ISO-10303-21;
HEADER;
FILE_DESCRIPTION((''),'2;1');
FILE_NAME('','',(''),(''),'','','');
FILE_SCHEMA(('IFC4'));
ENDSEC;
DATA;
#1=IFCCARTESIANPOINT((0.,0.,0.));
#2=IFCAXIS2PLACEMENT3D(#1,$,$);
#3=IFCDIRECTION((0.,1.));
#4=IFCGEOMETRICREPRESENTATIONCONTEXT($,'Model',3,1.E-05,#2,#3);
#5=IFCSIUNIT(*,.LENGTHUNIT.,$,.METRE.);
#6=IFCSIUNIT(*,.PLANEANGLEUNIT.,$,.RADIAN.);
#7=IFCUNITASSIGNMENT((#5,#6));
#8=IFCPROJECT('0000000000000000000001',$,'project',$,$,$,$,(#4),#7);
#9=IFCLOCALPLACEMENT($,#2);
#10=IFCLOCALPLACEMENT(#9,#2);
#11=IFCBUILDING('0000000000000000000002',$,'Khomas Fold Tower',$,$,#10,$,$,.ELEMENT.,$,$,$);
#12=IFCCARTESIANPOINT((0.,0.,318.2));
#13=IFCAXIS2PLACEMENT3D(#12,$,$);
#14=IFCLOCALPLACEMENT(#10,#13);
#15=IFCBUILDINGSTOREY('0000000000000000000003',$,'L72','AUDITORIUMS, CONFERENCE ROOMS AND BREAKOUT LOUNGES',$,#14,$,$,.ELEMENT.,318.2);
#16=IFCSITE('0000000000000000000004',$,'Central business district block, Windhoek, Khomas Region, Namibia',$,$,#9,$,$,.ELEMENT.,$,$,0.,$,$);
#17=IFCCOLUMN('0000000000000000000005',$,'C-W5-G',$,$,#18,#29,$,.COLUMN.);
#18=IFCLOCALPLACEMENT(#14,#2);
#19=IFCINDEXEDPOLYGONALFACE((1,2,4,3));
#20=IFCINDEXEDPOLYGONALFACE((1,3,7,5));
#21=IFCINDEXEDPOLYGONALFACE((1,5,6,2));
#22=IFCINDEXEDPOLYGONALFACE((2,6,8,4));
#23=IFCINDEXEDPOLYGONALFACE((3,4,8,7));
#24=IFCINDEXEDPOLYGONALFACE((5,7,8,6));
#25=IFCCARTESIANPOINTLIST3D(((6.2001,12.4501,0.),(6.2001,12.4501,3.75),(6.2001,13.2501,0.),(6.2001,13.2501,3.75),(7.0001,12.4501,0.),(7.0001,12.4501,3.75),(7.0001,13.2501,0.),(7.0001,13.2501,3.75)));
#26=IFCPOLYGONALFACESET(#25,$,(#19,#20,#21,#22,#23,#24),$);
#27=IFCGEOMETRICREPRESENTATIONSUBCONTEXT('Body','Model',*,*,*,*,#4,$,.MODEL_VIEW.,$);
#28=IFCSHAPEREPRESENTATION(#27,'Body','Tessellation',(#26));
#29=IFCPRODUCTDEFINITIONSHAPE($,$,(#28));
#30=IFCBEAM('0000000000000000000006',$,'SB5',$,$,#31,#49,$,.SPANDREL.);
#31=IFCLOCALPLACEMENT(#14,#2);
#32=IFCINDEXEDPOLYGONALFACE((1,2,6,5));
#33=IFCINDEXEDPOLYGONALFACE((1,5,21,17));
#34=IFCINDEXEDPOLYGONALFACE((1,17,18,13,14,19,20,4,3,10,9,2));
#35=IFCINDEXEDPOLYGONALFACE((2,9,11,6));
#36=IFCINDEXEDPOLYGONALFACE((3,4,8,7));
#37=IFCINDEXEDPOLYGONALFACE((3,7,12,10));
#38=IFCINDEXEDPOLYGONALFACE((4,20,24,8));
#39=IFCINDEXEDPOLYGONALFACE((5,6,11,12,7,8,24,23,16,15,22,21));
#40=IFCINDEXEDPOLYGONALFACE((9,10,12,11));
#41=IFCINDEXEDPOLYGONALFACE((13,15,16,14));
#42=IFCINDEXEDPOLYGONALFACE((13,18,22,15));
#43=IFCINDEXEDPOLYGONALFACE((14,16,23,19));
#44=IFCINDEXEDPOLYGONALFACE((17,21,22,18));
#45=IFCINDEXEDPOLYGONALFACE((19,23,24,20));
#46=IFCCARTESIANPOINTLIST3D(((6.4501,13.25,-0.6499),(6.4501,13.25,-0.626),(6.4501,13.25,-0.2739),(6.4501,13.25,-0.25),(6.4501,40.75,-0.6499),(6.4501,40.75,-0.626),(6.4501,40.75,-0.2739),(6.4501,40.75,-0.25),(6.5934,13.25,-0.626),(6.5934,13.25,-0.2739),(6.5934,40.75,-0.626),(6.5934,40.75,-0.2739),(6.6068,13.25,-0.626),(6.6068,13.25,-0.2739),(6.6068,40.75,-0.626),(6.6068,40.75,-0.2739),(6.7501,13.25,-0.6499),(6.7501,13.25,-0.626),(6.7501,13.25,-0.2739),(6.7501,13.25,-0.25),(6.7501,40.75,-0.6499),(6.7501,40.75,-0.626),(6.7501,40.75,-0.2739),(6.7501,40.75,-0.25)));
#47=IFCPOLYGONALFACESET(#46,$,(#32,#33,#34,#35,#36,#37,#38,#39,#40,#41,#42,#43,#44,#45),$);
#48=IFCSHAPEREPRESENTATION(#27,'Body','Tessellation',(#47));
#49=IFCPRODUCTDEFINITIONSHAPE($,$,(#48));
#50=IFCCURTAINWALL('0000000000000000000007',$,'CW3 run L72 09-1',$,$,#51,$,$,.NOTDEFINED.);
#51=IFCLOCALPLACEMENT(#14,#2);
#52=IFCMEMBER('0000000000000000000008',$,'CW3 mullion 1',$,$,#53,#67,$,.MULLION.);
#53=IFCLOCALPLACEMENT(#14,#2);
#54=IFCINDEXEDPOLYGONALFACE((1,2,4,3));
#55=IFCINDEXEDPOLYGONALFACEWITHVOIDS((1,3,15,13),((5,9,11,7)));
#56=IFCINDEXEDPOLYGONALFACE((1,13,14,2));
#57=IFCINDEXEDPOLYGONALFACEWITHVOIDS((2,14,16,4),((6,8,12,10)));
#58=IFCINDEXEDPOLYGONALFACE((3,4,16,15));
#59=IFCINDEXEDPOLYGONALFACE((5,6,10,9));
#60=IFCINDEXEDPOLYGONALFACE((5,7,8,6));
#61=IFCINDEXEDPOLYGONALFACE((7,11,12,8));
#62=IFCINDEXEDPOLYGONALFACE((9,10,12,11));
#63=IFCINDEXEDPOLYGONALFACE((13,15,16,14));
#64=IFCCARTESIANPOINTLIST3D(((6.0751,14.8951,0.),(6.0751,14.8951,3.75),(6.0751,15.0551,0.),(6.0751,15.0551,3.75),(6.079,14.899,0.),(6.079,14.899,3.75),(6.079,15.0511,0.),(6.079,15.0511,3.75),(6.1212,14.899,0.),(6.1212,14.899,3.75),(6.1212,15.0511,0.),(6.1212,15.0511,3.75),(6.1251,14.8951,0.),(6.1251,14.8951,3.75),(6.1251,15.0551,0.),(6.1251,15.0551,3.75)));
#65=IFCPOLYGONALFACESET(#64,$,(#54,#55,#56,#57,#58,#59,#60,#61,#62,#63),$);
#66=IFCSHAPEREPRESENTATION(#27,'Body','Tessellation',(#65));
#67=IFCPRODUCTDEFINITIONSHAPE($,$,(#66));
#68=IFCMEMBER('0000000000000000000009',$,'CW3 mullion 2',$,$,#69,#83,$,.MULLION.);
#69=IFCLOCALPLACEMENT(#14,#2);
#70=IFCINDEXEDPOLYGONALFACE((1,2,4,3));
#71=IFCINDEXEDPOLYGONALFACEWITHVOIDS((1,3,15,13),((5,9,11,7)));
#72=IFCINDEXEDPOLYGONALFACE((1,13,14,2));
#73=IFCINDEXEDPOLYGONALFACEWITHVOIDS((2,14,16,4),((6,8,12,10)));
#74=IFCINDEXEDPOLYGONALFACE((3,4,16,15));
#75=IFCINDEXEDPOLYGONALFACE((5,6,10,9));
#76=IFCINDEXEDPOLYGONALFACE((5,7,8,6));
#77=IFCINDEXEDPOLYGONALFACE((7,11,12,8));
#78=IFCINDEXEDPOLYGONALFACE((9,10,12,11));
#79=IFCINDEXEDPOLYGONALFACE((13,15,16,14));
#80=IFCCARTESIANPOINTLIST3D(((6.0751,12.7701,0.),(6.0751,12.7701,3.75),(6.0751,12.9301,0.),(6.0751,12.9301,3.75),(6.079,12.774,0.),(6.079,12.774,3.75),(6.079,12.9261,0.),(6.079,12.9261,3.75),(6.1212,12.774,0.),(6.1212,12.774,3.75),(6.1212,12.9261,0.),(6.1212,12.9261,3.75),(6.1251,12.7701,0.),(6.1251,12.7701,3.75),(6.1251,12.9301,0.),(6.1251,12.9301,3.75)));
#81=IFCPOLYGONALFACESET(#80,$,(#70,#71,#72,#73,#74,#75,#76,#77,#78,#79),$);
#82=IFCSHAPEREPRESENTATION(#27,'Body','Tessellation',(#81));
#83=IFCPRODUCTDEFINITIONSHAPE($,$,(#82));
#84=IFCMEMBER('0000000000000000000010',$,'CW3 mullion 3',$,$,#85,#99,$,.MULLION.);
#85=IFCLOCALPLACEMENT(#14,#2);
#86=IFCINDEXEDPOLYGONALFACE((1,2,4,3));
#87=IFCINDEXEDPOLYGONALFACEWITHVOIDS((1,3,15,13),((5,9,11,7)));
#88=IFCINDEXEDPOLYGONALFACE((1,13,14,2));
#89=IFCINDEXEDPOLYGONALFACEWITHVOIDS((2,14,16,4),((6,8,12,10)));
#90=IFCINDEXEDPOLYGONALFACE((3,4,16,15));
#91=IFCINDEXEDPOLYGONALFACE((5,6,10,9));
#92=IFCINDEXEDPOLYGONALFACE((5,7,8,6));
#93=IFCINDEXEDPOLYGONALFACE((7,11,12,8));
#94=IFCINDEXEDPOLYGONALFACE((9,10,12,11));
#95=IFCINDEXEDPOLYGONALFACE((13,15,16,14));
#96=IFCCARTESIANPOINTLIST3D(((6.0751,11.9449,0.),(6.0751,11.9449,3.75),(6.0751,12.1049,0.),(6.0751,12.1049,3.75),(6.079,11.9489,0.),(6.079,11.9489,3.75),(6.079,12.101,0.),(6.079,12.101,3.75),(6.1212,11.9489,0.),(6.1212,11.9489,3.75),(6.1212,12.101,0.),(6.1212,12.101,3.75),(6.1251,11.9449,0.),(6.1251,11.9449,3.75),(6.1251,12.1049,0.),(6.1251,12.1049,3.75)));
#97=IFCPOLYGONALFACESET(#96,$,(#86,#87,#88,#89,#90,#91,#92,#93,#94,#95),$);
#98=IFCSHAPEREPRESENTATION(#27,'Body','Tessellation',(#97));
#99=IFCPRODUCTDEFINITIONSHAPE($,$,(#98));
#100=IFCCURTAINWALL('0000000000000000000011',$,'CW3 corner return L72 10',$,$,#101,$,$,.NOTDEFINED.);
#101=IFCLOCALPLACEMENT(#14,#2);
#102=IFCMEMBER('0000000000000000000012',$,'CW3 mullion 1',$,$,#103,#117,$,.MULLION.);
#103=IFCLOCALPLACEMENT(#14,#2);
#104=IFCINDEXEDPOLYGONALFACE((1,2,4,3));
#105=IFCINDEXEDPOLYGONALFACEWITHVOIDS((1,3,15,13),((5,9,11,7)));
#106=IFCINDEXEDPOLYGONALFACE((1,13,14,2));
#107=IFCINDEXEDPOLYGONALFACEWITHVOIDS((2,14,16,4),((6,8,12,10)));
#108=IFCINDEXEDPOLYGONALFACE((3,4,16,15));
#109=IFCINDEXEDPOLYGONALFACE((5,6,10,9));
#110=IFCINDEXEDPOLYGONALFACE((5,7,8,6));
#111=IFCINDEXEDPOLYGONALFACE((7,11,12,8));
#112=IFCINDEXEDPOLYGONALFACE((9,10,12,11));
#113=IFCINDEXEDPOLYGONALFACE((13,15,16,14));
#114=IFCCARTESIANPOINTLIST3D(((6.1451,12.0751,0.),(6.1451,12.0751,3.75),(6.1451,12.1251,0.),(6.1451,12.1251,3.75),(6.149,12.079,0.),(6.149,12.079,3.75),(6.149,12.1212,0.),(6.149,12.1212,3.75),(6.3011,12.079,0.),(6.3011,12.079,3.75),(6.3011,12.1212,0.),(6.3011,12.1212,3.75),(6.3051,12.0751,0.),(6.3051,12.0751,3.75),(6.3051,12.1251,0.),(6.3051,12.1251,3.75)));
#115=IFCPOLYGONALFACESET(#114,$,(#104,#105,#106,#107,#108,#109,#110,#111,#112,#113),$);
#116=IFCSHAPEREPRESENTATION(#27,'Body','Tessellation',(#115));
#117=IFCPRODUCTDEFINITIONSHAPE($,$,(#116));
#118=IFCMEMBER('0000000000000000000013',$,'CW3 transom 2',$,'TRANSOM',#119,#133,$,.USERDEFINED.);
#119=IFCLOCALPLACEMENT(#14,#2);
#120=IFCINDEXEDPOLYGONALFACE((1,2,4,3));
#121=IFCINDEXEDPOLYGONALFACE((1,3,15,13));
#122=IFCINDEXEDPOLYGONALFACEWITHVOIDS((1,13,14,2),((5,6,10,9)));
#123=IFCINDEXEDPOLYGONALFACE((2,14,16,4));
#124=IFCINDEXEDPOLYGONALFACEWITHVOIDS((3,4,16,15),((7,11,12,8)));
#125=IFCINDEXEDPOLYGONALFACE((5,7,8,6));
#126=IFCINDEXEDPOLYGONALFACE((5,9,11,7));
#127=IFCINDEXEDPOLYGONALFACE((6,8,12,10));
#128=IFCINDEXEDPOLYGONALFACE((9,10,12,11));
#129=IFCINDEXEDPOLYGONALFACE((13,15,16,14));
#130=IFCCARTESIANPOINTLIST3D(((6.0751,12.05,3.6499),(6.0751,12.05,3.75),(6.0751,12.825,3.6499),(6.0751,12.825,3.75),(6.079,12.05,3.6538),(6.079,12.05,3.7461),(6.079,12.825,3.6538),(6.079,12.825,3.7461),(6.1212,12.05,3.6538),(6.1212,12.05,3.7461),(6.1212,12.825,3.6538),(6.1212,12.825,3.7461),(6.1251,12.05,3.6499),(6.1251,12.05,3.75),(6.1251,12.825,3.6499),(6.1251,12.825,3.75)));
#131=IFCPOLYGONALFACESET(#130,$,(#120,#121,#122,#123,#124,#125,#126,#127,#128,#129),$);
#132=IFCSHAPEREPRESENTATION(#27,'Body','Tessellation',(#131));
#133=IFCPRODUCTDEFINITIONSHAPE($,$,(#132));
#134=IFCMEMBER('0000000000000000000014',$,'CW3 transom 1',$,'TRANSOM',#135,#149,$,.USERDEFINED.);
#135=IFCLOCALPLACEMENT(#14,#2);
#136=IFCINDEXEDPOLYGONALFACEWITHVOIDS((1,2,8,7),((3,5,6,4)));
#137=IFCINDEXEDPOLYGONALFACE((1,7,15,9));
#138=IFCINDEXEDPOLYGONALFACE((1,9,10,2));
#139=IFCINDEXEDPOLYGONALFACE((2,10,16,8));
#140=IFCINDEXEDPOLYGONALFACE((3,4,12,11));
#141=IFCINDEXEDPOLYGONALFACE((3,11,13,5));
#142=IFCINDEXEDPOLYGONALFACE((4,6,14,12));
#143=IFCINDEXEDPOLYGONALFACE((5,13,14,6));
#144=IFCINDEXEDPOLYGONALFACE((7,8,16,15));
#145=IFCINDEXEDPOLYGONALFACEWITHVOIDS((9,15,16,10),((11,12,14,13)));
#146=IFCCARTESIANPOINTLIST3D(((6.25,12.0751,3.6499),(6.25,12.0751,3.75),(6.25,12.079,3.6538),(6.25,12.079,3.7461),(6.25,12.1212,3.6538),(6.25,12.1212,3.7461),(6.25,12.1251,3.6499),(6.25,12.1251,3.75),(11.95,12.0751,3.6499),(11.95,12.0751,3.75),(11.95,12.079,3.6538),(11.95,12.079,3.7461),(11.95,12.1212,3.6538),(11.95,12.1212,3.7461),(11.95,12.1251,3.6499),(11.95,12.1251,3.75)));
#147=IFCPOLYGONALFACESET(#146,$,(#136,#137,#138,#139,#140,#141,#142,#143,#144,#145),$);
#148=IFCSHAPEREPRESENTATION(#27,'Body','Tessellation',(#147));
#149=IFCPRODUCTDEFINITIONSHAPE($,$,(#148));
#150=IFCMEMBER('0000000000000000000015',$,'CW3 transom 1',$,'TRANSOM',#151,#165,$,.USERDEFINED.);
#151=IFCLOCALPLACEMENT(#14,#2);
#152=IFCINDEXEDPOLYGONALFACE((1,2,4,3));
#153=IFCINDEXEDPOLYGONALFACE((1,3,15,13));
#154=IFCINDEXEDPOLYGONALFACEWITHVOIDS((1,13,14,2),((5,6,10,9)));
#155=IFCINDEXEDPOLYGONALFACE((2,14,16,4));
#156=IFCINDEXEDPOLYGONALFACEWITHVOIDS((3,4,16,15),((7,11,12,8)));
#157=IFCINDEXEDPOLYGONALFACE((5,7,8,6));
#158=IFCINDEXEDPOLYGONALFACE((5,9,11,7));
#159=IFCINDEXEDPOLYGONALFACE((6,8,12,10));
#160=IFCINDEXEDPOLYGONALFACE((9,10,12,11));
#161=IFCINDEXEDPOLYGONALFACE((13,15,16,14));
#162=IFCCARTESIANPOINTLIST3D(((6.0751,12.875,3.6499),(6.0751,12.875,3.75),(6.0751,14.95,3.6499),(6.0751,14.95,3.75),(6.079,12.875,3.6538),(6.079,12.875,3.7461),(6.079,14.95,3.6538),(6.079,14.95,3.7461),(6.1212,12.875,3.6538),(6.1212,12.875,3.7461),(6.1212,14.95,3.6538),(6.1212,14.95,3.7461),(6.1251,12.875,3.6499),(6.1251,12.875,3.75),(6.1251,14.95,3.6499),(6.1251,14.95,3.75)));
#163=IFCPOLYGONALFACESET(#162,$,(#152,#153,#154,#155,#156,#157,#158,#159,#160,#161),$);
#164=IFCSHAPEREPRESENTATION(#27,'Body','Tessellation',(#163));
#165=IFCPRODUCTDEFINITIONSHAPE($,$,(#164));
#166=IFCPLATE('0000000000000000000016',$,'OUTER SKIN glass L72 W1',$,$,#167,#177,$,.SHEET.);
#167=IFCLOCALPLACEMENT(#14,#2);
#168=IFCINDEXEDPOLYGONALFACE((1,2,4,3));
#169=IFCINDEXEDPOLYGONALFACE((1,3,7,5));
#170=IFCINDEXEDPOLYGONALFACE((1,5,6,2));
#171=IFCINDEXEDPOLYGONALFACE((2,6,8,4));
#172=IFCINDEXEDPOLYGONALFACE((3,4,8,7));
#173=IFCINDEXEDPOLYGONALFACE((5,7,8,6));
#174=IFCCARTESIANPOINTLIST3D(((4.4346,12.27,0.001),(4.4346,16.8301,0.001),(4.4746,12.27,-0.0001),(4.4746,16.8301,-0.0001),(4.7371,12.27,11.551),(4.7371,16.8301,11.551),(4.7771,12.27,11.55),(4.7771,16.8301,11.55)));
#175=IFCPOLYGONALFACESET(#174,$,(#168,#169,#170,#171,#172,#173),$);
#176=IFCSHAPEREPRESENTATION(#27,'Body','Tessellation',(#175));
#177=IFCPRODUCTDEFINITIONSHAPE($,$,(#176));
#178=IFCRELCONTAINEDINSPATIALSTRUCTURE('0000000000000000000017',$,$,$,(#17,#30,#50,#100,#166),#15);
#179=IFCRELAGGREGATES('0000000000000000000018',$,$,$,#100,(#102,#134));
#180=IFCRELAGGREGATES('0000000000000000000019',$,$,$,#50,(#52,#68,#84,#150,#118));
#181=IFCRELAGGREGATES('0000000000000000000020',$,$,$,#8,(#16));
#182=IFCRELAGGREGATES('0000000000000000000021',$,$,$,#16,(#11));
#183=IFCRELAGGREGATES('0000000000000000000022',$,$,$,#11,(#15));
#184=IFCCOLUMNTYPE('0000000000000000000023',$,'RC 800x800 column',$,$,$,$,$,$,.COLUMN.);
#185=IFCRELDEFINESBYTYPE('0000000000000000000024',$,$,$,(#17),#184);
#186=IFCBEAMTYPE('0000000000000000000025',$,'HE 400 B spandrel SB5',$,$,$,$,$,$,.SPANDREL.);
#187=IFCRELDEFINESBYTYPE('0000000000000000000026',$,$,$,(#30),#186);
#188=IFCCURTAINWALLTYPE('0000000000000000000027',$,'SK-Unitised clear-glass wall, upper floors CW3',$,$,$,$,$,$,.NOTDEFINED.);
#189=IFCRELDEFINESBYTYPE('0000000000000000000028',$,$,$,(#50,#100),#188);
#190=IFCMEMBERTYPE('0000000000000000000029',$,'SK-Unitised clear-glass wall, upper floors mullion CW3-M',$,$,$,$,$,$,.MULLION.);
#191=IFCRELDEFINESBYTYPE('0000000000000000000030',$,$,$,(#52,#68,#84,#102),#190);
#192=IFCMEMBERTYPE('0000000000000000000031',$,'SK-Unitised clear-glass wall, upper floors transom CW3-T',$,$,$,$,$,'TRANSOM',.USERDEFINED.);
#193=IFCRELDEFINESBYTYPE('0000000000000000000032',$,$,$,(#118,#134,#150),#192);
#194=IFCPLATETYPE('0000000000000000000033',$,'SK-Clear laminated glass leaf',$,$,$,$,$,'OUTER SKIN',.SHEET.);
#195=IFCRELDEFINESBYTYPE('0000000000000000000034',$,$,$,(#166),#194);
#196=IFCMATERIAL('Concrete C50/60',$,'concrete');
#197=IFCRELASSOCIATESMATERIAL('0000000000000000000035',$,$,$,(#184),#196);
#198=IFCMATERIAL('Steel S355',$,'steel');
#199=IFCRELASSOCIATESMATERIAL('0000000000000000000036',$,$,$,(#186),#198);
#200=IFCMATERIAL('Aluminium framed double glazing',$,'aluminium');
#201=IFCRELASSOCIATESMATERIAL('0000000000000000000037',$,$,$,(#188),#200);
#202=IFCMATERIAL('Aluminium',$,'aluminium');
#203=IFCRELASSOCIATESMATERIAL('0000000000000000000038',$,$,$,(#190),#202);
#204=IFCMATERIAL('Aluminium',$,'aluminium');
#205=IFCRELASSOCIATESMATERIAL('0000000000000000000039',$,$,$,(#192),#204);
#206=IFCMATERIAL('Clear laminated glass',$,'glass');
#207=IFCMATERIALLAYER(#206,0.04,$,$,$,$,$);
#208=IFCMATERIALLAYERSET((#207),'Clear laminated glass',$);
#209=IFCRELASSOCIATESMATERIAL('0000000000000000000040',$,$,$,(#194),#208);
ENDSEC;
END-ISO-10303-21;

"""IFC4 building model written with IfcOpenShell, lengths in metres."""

from ifc_helpers import new_model, si_unit, direction, frame, origin, origin_2d, place, context, subcontext, project, spatial, polyline, rectangle, hollow_rectangle, i_section, outline, extrude, source, transform, mapped, material, layer, layer_set, material_profile, profile_set, type_object, element, aggregate, save


model = new_model("IFC4")

# Units and contexts
model_context = context("Model", 3, precision=1e-05, world=origin(), true_north=direction((0.0, 1.0)))
body_context = subcontext(model_context, "Body", "Model", "MODEL_VIEW")
ifc_project = project(units=[si_unit("LENGTHUNIT", "METRE"), si_unit("PLANEANGLEUNIT", "RADIAN")], contexts=[model_context])

# Site, building, storey
site_placement = place(None, origin())
site = spatial("IfcSite", under=ifc_project, at=site_placement, Name="Central business district block, Windhoek, Khomas Region, Namibia", CompositionType="ELEMENT", RefElevation=0.0)
building_placement = place(site_placement, origin())
building = spatial("IfcBuilding", under=site, at=building_placement, Name="Khomas Fold Tower", CompositionType="ELEMENT")
storey_placement = place(building_placement, frame((0.0, 0.0, 318.2)))
storey = spatial("IfcBuildingStorey", under=building, at=storey_placement, Name="L72", Description="AUDITORIUMS, CONFERENCE ROOMS AND BREAKOUT LOUNGES", CompositionType="ELEMENT", Elevation=318.2)

# Column
ifc_material_1 = material(Name="Concrete C50/60", Category="concrete")
ifc_material_profile_1 = material_profile(ifc_material_1, rectangle(XDim=0.8, YDim=0.8, at=origin_2d()), Name="RC 800x800")
ifc_profile_set_1 = profile_set([ifc_material_profile_1], Name="Concrete C50/60")
column_type = type_object("IfcColumnType", Name="RC 800x800 column", PredefinedType="COLUMN", material=ifc_profile_set_1)
shared_shape_1 = source(origin(), body_context, "Body", "SweptSolid", [
    extrude(rectangle(XDim=0.8, YDim=0.8, at=origin_2d()), origin(), (0.0, 0.0, 1.0), 3.75),
])
column_placement = place(storey_placement, frame((6.6001, 12.8501, 0.0), z_axis=(0.0, 0.0, 1.0), x_axis=(1.0, 0.0, 0.0)))
element("IfcColumn", 1, at=column_placement, inside=storey, type_object=column_type, Name="C-W5-G", PredefinedType="COLUMN", context=body_context, shape_type="MappedRepresentation", body=[
    mapped(shared_shape_1, transform((0.0, 0.0, 0.0))),
])

# Beam
ifc_material_2 = material(Name="Steel S355", Category="steel")
ifc_material_profile_2 = material_profile(ifc_material_2, i_section(OverallWidth=0.3, OverallDepth=0.3999, WebThickness=0.0134, FlangeThickness=0.0239, at=origin_2d()), Name="HE 400 B")
ifc_profile_set_2 = profile_set([ifc_material_profile_2], Name="Steel S355")
beam_type = type_object("IfcBeamType", Name="HE 400 B spandrel SB5", PredefinedType="SPANDREL", material=ifc_profile_set_2)
shared_shape_2 = source(origin(), body_context, "Body", "SweptSolid", [
    extrude(i_section(OverallWidth=0.3, OverallDepth=0.3999, WebThickness=0.0134, FlangeThickness=0.0239, at=origin_2d()), origin(), (0.0, 0.0, 1.0), 27.5),
])
beam_placement = place(storey_placement, frame((6.6001, 13.25, -0.45), z_axis=(0.0, 1.0, 0.0), x_axis=(-1.0, 0.0, 0.0)))
element("IfcBeam", 2, at=beam_placement, inside=storey, type_object=beam_type, Name="SB5", PredefinedType="SPANDREL", context=body_context, shape_type="MappedRepresentation", body=[
    mapped(shared_shape_2, transform((0.0, 0.0, 0.0))),
])

# Curtain wall, members
ifc_material_3 = material(Name="Aluminium framed double glazing", Category="aluminium")
curtain_wall_type = type_object("IfcCurtainWallType", Name="SK-Unitised clear-glass wall, upper floors CW3", PredefinedType="NOTDEFINED", material=ifc_material_3)
curtain_wall_1_placement = place(storey_placement, origin())
curtain_wall_1 = element("IfcCurtainWall", 3, at=curtain_wall_1_placement, inside=storey, type_object=curtain_wall_type, Name="CW3 run L72 09-1", PredefinedType="NOTDEFINED")
ifc_material_4 = material(Name="Aluminium", Category="aluminium")
ifc_material_profile_3 = material_profile(ifc_material_4, hollow_rectangle(XDim=0.05, YDim=0.1599, WallThickness=0.0039, at=origin_2d()), Name="SK-Unitised clear-glass wall, upper floors mullion CW3-M")
ifc_profile_set_3 = profile_set([ifc_material_profile_3], Name="Aluminium")
member_type_1 = type_object("IfcMemberType", Name="SK-Unitised clear-glass wall, upper floors mullion CW3-M", PredefinedType="MULLION", material=ifc_profile_set_3)
shared_shape_3 = source(origin(), body_context, "Body", "SweptSolid", [
    extrude(hollow_rectangle(XDim=0.05, YDim=0.1599, WallThickness=0.0039, at=origin_2d()), origin(), (0.0, 0.0, 1.0), 3.75),
])
member_1_placement = place(storey_placement, frame((6.1001, 14.9751, 0.0), z_axis=(0.0, 0.0, 1.0), x_axis=(1.0, 0.0, 0.0)))
member_1 = element("IfcMember", 4, at=member_1_placement, type_object=member_type_1, Name="CW3 mullion 1", PredefinedType="MULLION", context=body_context, shape_type="MappedRepresentation", body=[
    mapped(shared_shape_3, transform((0.0, 0.0, 0.0))),
])
member_2_placement = place(storey_placement, frame((6.1001, 12.8501, 0.0), z_axis=(0.0, 0.0, 1.0), x_axis=(1.0, 0.0, 0.0)))
member_2 = element("IfcMember", 5, at=member_2_placement, type_object=member_type_1, Name="CW3 mullion 2", PredefinedType="MULLION", context=body_context, shape_type="MappedRepresentation", body=[
    mapped(shared_shape_3, transform((0.0, 0.0, 0.0))),
])
member_3_placement = place(storey_placement, frame((6.1001, 12.0249, 0.0), z_axis=(0.0, 0.0, 1.0), x_axis=(1.0, 0.0, 0.0)))
member_3 = element("IfcMember", 6, at=member_3_placement, type_object=member_type_1, Name="CW3 mullion 3", PredefinedType="MULLION", context=body_context, shape_type="MappedRepresentation", body=[
    mapped(shared_shape_3, transform((0.0, 0.0, 0.0))),
])

# Curtain wall, member
curtain_wall_2_placement = place(storey_placement, origin())
curtain_wall_2 = element("IfcCurtainWall", 7, at=curtain_wall_2_placement, inside=storey, type_object=curtain_wall_type, Name="CW3 corner return L72 10", PredefinedType="NOTDEFINED")
member_4_placement = place(storey_placement, frame((6.2251, 12.1001, 0.0), z_axis=(0.0, 0.0, 1.0), x_axis=(0.0, 1.0, 0.0)))
member_4 = element("IfcMember", 8, at=member_4_placement, type_object=member_type_1, Name="CW3 mullion 1", PredefinedType="MULLION", context=body_context, shape_type="MappedRepresentation", body=[
    mapped(shared_shape_3, transform((0.0, 0.0, 0.0))),
])

# Members
ifc_material_5 = material(Name="Aluminium", Category="aluminium")
ifc_material_profile_4 = material_profile(ifc_material_5, hollow_rectangle(XDim=0.05, YDim=0.1001, WallThickness=0.0039, at=origin_2d()), Name="SK-Unitised clear-glass wall, upper floors transom CW3-T")
ifc_profile_set_4 = profile_set([ifc_material_profile_4], Name="Aluminium")
member_type_2 = type_object("IfcMemberType", Name="SK-Unitised clear-glass wall, upper floors transom CW3-T", ElementType="TRANSOM", PredefinedType="USERDEFINED", material=ifc_profile_set_4)
shared_shape_4 = source(origin(), body_context, "Body", "SweptSolid", [
    extrude(hollow_rectangle(XDim=0.05, YDim=0.1001, WallThickness=0.0039, at=origin_2d()), origin(), (0.0, 0.0, 1.0), 0.7749),
])
member_5_placement = place(storey_placement, frame((6.1001, 12.825, 3.7), z_axis=(0.0, -1.0, 0.0), x_axis=(1.0, 0.0, 0.0)))
member_5 = element("IfcMember", 9, at=member_5_placement, type_object=member_type_2, Name="CW3 transom 2", ObjectType="TRANSOM", PredefinedType="USERDEFINED", context=body_context, shape_type="MappedRepresentation", body=[
    mapped(shared_shape_4, transform((0.0, 0.0, 0.0))),
])
shared_shape_5 = source(origin(), body_context, "Body", "SweptSolid", [
    extrude(hollow_rectangle(XDim=0.05, YDim=0.1001, WallThickness=0.0039, at=origin_2d()), origin(), (0.0, 0.0, 1.0), 5.7),
])
member_6_placement = place(storey_placement, frame((6.25, 12.1001, 3.7), z_axis=(1.0, 0.0, 0.0), x_axis=(0.0, 1.0, 0.0)))
member_6 = element("IfcMember", 10, at=member_6_placement, type_object=member_type_2, Name="CW3 transom 1", ObjectType="TRANSOM", PredefinedType="USERDEFINED", context=body_context, shape_type="MappedRepresentation", body=[
    mapped(shared_shape_5, transform((0.0, 0.0, 0.0))),
])
aggregate(curtain_wall_2, [member_4, member_6])
shared_shape_6 = source(origin(), body_context, "Body", "SweptSolid", [
    extrude(hollow_rectangle(XDim=0.05, YDim=0.1001, WallThickness=0.0039, at=origin_2d()), origin(), (0.0, 0.0, 1.0), 2.075),
])
member_7_placement = place(storey_placement, frame((6.1001, 14.95, 3.7), z_axis=(0.0, -1.0, 0.0), x_axis=(1.0, 0.0, 0.0)))
member_7 = element("IfcMember", 11, at=member_7_placement, type_object=member_type_2, Name="CW3 transom 1", ObjectType="TRANSOM", PredefinedType="USERDEFINED", context=body_context, shape_type="MappedRepresentation", body=[
    mapped(shared_shape_6, transform((0.0, 0.0, 0.0))),
])

# Plate
ifc_material_6 = material(Name="Clear laminated glass", Category="glass")
ifc_layer_1 = layer(ifc_material_6, 0.04)
ifc_layer_set_1 = layer_set([ifc_layer_1], Name="Clear laminated glass")
plate_type_1 = type_object("IfcPlateType", Name="SK-Clear laminated glass leaf", ElementType="OUTER SKIN", PredefinedType="SHEET", material=ifc_layer_set_1)
plate_1_placement = place(storey_placement, frame((4.4346, 12.27, 0.001), z_axis=(-0.999657, 0.0, 0.026181), x_axis=(0.0, 1.0, 0.0)))
element("IfcPlate", 12, at=plate_1_placement, inside=storey, type_object=plate_type_1, Name="OUTER SKIN glass L72 W1", PredefinedType="SHEET", context=body_context, shape_type="SweptSolid", body=[
    extrude(outline(polyline([(0.0, 0.0), (4.5601, 0.0), (4.5601, -11.554), (0.0, -11.554), (0.0, 0.0)])), origin(), (0.0, 0.0, -1.0), 0.04),
])

aggregate(curtain_wall_1, [member_1, member_2, member_3, member_7, member_5])

save(model, "model.ifc")
